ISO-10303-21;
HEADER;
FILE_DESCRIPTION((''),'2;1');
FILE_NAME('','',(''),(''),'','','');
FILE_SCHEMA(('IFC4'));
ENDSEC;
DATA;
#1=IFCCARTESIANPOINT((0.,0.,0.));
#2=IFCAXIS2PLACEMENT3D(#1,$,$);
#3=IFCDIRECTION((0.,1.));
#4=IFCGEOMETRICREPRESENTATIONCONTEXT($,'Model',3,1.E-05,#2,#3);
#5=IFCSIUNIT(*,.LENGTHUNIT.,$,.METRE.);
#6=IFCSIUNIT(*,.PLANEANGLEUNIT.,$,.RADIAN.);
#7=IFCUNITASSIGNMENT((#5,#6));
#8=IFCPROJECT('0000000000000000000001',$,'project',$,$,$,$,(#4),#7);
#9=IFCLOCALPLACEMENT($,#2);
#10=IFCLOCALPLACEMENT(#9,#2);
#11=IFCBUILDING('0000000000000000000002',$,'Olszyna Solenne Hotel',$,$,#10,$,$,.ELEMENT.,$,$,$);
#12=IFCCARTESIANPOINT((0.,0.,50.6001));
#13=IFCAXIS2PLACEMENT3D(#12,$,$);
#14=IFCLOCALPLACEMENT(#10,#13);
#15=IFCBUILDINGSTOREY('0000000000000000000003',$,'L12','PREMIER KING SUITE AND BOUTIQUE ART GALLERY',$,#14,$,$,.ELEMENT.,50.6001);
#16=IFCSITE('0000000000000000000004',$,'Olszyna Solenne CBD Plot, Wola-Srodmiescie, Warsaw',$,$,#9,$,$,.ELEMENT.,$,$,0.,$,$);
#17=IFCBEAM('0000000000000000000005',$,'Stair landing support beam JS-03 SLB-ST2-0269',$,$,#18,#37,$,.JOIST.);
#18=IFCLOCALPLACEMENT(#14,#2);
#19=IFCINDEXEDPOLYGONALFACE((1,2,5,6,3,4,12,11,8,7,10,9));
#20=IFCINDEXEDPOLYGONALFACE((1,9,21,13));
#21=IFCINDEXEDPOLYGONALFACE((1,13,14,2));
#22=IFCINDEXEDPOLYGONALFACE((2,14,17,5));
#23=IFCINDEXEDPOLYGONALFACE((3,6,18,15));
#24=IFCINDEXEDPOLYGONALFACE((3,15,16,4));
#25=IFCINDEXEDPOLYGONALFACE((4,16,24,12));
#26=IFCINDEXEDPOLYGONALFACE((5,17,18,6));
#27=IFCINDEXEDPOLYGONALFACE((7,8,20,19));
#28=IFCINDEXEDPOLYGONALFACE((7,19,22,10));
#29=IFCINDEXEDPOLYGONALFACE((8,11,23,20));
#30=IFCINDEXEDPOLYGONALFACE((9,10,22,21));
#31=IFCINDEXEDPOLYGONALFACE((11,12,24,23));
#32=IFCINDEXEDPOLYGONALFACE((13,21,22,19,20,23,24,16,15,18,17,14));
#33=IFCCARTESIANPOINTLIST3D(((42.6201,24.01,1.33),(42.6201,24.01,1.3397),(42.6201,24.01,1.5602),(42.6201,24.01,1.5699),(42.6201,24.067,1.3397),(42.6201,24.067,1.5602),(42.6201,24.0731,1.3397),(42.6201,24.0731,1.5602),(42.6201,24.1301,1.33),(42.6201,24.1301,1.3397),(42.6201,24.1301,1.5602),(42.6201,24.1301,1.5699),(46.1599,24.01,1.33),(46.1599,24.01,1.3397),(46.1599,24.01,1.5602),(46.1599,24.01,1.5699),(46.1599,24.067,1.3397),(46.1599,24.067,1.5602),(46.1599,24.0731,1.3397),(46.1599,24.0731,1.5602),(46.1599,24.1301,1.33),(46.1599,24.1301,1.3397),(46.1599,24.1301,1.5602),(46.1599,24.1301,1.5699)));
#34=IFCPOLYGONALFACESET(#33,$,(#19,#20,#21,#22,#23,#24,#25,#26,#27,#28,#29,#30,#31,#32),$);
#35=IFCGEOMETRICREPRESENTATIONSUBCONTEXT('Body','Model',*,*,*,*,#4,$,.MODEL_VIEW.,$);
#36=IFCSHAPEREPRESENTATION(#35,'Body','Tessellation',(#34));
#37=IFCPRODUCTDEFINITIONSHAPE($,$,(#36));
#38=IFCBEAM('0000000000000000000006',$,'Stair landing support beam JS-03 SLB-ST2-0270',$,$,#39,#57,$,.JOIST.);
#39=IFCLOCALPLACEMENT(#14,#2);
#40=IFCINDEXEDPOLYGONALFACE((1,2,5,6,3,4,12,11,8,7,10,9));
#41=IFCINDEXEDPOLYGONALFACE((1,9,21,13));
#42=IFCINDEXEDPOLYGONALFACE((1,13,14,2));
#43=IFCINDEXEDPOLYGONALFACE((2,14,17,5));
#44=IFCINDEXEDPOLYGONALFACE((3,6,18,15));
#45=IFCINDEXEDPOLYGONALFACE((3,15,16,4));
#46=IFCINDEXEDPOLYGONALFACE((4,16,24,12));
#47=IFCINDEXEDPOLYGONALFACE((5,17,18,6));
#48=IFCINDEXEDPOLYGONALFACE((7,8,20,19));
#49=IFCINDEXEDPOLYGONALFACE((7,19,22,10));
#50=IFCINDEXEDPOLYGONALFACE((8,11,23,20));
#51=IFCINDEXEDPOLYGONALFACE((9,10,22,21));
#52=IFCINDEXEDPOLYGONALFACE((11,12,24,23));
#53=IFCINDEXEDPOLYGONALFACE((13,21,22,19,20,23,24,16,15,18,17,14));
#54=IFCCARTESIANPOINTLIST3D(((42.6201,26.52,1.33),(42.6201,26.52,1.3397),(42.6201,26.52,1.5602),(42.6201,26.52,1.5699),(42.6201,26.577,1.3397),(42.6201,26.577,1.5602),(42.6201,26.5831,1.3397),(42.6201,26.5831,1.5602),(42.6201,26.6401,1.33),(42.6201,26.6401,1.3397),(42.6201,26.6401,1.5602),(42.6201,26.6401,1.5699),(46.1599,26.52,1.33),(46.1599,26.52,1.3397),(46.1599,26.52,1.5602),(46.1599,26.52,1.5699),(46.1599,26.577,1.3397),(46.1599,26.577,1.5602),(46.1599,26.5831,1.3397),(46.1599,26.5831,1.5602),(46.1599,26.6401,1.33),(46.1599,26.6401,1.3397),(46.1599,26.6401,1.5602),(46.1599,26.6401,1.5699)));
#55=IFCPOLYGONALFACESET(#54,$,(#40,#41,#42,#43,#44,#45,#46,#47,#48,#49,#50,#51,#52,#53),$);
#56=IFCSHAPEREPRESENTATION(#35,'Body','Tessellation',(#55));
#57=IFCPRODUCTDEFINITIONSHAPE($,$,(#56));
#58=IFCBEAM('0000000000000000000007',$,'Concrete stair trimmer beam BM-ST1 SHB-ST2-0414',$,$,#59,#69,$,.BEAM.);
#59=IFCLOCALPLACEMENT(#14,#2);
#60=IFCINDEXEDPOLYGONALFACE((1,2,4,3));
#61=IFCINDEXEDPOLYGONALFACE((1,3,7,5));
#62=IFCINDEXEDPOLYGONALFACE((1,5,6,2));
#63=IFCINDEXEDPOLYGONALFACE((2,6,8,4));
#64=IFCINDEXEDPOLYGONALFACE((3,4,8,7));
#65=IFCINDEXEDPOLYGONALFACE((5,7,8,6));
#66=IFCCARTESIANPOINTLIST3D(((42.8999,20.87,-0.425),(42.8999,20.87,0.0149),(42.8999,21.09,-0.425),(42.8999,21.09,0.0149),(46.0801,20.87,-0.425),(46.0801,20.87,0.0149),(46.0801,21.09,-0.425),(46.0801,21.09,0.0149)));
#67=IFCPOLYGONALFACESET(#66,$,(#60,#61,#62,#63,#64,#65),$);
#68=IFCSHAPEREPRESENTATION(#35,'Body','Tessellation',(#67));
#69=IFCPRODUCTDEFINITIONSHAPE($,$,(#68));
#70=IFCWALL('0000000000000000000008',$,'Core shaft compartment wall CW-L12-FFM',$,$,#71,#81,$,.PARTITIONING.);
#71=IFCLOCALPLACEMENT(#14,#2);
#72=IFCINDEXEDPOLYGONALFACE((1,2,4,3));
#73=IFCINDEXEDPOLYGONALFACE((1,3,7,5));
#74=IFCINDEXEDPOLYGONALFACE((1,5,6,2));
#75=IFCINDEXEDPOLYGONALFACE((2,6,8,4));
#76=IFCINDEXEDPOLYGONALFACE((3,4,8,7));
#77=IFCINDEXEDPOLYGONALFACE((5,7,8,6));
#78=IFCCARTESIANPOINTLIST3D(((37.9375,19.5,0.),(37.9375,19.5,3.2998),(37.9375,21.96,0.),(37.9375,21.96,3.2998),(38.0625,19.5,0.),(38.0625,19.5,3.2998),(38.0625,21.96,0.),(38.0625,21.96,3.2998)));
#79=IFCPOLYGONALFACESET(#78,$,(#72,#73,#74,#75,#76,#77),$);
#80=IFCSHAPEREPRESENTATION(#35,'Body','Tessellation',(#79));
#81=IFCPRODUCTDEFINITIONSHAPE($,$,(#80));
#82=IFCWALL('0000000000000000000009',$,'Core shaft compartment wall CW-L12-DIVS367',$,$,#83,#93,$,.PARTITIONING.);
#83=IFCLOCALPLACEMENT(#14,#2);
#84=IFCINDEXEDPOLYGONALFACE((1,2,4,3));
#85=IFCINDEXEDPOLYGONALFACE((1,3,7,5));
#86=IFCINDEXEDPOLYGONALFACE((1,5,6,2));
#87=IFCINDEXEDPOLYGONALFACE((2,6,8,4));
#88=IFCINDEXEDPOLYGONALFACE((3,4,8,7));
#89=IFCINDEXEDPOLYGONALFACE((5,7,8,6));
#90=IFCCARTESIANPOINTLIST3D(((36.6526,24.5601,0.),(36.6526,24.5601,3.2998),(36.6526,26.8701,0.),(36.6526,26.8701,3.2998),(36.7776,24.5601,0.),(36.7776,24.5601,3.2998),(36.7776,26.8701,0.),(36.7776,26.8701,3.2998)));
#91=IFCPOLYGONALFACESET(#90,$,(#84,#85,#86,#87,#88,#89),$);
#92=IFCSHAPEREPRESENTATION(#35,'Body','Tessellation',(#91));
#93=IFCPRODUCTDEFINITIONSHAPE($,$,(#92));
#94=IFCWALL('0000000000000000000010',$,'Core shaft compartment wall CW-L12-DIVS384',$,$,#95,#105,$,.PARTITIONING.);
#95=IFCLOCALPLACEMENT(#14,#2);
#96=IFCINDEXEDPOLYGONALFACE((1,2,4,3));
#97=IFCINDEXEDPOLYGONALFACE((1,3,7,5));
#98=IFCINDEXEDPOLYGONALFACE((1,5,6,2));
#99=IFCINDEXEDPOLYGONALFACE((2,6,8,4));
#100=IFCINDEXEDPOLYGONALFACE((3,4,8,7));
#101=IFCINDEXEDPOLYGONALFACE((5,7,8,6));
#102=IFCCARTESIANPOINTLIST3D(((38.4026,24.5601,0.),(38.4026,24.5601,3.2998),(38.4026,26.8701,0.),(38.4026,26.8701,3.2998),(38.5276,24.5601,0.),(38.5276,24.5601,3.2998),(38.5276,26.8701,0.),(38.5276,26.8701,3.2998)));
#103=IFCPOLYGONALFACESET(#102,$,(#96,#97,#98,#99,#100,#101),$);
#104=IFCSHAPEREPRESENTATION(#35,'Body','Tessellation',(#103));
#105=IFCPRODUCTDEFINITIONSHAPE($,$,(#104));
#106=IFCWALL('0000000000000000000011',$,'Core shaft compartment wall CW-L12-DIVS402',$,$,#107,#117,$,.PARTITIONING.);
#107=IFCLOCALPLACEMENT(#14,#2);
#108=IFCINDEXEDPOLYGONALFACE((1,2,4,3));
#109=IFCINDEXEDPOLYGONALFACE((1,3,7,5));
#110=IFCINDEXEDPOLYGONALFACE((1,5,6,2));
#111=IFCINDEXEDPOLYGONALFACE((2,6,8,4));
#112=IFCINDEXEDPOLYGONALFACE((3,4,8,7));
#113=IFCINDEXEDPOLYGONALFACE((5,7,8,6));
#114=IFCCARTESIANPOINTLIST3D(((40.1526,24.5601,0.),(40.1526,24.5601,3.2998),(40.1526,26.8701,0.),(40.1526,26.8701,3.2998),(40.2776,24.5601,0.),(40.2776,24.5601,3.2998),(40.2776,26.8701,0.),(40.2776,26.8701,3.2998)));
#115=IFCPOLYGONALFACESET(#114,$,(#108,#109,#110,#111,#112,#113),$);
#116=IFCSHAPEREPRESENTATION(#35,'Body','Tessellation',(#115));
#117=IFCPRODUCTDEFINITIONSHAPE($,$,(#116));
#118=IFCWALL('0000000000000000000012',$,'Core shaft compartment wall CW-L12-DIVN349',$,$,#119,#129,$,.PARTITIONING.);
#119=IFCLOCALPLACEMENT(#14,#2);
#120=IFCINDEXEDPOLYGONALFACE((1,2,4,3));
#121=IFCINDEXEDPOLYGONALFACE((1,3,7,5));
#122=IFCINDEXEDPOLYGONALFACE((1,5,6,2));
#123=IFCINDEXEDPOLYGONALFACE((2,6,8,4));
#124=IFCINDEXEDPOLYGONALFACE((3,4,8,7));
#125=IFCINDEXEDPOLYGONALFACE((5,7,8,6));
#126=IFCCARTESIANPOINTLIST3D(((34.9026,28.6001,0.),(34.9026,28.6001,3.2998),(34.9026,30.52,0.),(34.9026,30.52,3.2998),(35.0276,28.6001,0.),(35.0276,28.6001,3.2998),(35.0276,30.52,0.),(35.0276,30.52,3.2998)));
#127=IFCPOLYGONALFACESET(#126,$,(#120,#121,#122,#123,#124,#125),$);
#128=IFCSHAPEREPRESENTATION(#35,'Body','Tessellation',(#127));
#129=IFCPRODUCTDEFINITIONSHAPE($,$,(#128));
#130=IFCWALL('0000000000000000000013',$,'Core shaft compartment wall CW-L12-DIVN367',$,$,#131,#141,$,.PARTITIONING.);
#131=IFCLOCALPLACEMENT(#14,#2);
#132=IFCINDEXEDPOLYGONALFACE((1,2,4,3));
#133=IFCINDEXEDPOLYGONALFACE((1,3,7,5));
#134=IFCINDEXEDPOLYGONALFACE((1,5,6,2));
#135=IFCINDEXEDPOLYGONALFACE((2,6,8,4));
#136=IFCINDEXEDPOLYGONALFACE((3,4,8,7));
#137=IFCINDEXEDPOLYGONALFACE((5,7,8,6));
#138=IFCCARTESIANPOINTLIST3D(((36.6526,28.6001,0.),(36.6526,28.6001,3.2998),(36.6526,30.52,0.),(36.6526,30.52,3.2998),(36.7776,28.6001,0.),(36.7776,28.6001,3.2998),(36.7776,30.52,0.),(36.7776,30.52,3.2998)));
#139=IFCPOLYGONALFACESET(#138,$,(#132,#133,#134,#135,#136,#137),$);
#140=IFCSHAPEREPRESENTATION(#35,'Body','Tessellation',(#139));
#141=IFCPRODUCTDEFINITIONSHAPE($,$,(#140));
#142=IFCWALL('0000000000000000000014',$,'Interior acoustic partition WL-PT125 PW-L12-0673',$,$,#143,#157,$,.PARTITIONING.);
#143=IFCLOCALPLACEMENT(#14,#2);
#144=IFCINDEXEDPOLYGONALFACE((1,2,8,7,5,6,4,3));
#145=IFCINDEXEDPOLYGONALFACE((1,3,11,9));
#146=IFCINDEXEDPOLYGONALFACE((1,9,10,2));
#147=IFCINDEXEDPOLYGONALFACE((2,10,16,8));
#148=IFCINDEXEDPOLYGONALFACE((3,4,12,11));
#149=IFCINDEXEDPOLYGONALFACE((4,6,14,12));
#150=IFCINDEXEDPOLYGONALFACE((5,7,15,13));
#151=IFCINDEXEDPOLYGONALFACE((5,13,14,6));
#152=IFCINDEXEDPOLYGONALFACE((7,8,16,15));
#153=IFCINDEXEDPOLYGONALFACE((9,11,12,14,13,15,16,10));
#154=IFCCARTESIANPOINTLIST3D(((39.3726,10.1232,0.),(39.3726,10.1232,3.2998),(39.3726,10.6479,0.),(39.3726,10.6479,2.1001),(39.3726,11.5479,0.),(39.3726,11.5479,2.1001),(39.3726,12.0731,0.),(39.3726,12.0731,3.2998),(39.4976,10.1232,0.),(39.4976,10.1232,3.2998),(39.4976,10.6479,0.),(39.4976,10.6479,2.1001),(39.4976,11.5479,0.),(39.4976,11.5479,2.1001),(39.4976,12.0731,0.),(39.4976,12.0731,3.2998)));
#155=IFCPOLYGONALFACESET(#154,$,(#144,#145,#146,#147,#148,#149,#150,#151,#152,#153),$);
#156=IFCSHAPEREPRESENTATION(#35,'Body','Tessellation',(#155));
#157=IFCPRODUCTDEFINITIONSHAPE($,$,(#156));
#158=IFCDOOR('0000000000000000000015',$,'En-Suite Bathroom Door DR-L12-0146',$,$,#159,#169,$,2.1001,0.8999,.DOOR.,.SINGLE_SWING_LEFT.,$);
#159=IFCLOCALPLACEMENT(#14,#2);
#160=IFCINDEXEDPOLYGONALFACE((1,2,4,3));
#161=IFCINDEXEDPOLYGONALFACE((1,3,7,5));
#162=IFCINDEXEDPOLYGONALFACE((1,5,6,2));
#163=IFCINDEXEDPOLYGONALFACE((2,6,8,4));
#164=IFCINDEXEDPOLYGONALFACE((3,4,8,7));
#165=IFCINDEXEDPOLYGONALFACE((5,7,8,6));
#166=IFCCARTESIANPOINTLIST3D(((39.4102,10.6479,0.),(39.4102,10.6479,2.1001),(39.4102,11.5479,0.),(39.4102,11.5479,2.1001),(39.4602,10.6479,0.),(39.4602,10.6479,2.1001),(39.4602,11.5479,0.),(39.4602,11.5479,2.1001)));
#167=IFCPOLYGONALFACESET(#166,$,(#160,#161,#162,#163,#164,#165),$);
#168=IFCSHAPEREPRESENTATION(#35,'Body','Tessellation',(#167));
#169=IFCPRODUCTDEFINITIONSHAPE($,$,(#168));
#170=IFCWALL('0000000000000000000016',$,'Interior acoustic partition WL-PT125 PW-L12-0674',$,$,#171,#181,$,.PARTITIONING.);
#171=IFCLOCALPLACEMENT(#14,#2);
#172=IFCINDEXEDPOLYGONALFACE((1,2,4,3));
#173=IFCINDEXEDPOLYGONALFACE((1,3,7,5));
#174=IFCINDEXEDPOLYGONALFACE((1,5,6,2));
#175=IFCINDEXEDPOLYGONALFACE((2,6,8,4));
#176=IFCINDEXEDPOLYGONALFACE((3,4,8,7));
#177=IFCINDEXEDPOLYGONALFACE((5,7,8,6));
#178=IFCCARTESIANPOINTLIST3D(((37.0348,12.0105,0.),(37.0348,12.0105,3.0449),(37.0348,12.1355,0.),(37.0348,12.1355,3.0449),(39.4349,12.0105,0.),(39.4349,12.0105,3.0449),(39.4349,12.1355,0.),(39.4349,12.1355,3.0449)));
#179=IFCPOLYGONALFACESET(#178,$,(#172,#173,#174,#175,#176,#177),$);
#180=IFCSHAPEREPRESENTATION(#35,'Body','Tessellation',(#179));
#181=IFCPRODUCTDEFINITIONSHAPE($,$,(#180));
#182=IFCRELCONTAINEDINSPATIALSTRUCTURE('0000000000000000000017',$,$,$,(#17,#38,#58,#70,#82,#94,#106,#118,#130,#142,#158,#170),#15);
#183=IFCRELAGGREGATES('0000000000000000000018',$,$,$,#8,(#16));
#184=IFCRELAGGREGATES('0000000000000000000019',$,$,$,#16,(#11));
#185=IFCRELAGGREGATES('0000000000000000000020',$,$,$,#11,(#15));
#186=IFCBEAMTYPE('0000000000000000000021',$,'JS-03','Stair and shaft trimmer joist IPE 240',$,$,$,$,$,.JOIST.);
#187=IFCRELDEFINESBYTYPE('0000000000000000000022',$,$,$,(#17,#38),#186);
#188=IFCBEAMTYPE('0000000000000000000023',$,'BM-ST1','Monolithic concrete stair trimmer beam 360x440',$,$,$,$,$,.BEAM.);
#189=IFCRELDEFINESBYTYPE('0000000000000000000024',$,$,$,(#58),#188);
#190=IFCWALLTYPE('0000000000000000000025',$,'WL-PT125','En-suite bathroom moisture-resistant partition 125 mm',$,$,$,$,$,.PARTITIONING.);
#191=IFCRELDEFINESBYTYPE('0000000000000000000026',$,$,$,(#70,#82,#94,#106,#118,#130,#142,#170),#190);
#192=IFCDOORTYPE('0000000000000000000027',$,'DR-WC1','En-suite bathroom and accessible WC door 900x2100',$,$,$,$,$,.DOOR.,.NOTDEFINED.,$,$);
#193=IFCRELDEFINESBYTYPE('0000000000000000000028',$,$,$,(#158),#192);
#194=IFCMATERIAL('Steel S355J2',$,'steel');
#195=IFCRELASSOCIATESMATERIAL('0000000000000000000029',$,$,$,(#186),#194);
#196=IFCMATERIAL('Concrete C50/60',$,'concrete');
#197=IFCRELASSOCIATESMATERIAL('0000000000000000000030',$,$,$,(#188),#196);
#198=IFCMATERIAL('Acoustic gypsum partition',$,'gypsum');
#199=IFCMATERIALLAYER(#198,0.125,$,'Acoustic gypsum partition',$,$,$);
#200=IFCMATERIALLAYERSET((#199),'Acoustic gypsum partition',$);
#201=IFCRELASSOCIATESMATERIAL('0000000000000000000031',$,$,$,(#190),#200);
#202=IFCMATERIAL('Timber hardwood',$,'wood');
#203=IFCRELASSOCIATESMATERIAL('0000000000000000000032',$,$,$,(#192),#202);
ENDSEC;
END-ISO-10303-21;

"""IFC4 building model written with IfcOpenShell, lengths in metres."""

from ifc_helpers import new_model, si_unit, direction, frame, frame_2d, origin, origin_2d, place, context, subcontext, project, spatial, rectangle, i_section, extrude, source, transform, mapped, material, layer, layer_set, material_profile, profile_set, type_object, type_shapes, element, fill, save


model = new_model("IFC4")

# Units and contexts
model_context = context("Model", 3, precision=1e-05, world=origin(), true_north=direction((0.0, 1.0)))
body_context = subcontext(model_context, "Body", "Model", "MODEL_VIEW")
ifc_project = project(units=[si_unit("LENGTHUNIT", "METRE"), si_unit("PLANEANGLEUNIT", "RADIAN")], contexts=[model_context])

# Site, building, storey
site_placement = place(None, origin())
site = spatial("IfcSite", under=ifc_project, at=site_placement, Name="Olszyna Solenne CBD Plot, Wola-Srodmiescie, Warsaw", CompositionType="ELEMENT", RefElevation=0.0)
building_placement = place(site_placement, origin())
building = spatial("IfcBuilding", under=site, at=building_placement, Name="Olszyna Solenne Hotel", CompositionType="ELEMENT")
storey_placement = place(building_placement, frame((0.0, 0.0, 50.6001)))
storey = spatial("IfcBuildingStorey", under=building, at=storey_placement, Name="L12", Description="PREMIER KING SUITE AND BOUTIQUE ART GALLERY", CompositionType="ELEMENT", Elevation=50.6001)

# Beams
ifc_material_1 = material(Name="Steel S355J2", Category="steel")
ifc_material_profile_1 = material_profile(ifc_material_1, i_section(OverallWidth=0.1201, OverallDepth=0.24, WebThickness=0.0061, FlangeThickness=0.0098, at=origin_2d()), Name="IPE 240", Category="load-bearing")
ifc_profile_set_1 = profile_set([ifc_material_profile_1], Name="Steel S355J2")
beam_type_1 = type_object("IfcBeamType", Name="JS-03", Description="Stair and shaft trimmer joist IPE 240", PredefinedType="JOIST", material=ifc_profile_set_1)
shared_shape_1 = source(origin(), body_context, "Body", "SweptSolid", [
    extrude(i_section(OverallWidth=0.1201, OverallDepth=0.24, WebThickness=0.0061, FlangeThickness=0.0098, at=origin_2d()), origin(), (0.0, 0.0, 1.0), 3.5398),
])
for number, where, z_axis, x_axis, name in (
    (1, (46.1599, 24.0701, 1.45), (-1.0, 0.0, 0.0), (0.0, -1.0, 0.0), "Stair landing support beam JS-03 SLB-ST2-0269"),
    (2, (46.1599, 26.5801, 1.45), (-1.0, 0.0, 0.0), (0.0, -1.0, 0.0), "Stair landing support beam JS-03 SLB-ST2-0270"),
):
    element("IfcBeam", number, at=place(storey_placement, frame(where, z_axis=z_axis, x_axis=x_axis)), inside=storey, type_object=beam_type_1, Name=name, PredefinedType="JOIST", context=body_context, shape_type="MappedRepresentation", body=[
        mapped(shared_shape_1, transform((0.0, 0.0, 0.0), x_axis=(1.0, 0.0, 0.0), y_axis=(0.0, 1.0, 0.0), z_axis=(0.0, 0.0, 1.0), scale=1.0)),
    ])
ifc_material_2 = material(Name="Concrete C50/60", Category="concrete")
ifc_material_profile_2 = material_profile(ifc_material_2, rectangle(XDim=0.22, YDim=0.4399, at=origin_2d()), Name="RC 220x440", Category="load-bearing")
ifc_profile_set_2 = profile_set([ifc_material_profile_2], Name="Concrete C50/60")
beam_type_2 = type_object("IfcBeamType", Name="BM-ST1", Description="Monolithic concrete stair trimmer beam 360x440", PredefinedType="BEAM", material=ifc_profile_set_2)
shared_shape_2 = source(origin(), body_context, "Body", "SweptSolid", [
    extrude(rectangle(XDim=0.22, YDim=0.4399, at=origin_2d()), origin(), (0.0, 0.0, 1.0), 3.1802),
])
beam_placement = place(storey_placement, frame((46.0801, 20.98, -0.2051), z_axis=(-1.0, 0.0, 0.0), x_axis=(0.0, -1.0, 0.0)))
element("IfcBeam", 3, at=beam_placement, inside=storey, type_object=beam_type_2, Name="Concrete stair trimmer beam BM-ST1 SHB-ST2-0414", PredefinedType="BEAM", context=body_context, shape_type="MappedRepresentation", body=[
    mapped(shared_shape_2, transform((0.0, 0.0, 0.0), x_axis=(1.0, 0.0, 0.0), y_axis=(0.0, 1.0, 0.0), z_axis=(0.0, 0.0, 1.0), scale=1.0)),
])

# Walls
ifc_material_3 = material(Name="Acoustic gypsum partition", Category="gypsum")
ifc_layer_1 = layer(ifc_material_3, 0.125, Name="Acoustic gypsum partition")
ifc_layer_set_1 = layer_set([ifc_layer_1], Name="Acoustic gypsum partition")
wall_type_1 = type_object("IfcWallType", Name="WL-PT125", Description="En-suite bathroom moisture-resistant partition 125 mm", PredefinedType="PARTITIONING", material=ifc_layer_set_1)
wall_1_placement = place(storey_placement, frame((38.0, 19.5, 0.0), z_axis=(0.0, 0.0, 1.0), x_axis=(0.0, 1.0, 0.0)))
element("IfcWall", 4, at=wall_1_placement, inside=storey, type_object=wall_type_1, Name="Core shaft compartment wall CW-L12-FFM", PredefinedType="PARTITIONING", context=body_context, shape_type="SweptSolid", body=[
    extrude(rectangle(XDim=2.46, YDim=0.125, at=frame_2d((1.23, 0.0))), origin(), (0.0, 0.0, 1.0), 3.2998),
])
for number, where, z_axis, x_axis, name in (
    (5, (36.7151, 24.5601, 0.0), (0.0, 0.0, 1.0), (0.0, 1.0, 0.0), "Core shaft compartment wall CW-L12-DIVS367"),
    (6, (38.4651, 24.5601, 0.0), (0.0, 0.0, 1.0), (0.0, 1.0, 0.0), "Core shaft compartment wall CW-L12-DIVS384"),
    (7, (40.2151, 24.5601, 0.0), (0.0, 0.0, 1.0), (0.0, 1.0, 0.0), "Core shaft compartment wall CW-L12-DIVS402"),
):
    element("IfcWall", number, at=place(storey_placement, frame(where, z_axis=z_axis, x_axis=x_axis)), inside=storey, type_object=wall_type_1, Name=name, PredefinedType="PARTITIONING", context=body_context, shape_type="SweptSolid", body=[
        extrude(rectangle(XDim=2.3101, YDim=0.125, at=frame_2d((1.155, 0.0))), origin(), (0.0, 0.0, 1.0), 3.2998),
    ])
for number, where, z_axis, x_axis, name in (
    (8, (34.9651, 28.6001, 0.0), (0.0, 0.0, 1.0), (0.0, 1.0, 0.0), "Core shaft compartment wall CW-L12-DIVN349"),
    (9, (36.7151, 28.6001, 0.0), (0.0, 0.0, 1.0), (0.0, 1.0, 0.0), "Core shaft compartment wall CW-L12-DIVN367"),
):
    element("IfcWall", number, at=place(storey_placement, frame(where, z_axis=z_axis, x_axis=x_axis)), inside=storey, type_object=wall_type_1, Name=name, PredefinedType="PARTITIONING", context=body_context, shape_type="SweptSolid", body=[
        extrude(rectangle(XDim=1.9199, YDim=0.125, at=frame_2d((0.96, 0.0))), origin(), (0.0, 0.0, 1.0), 3.2998),
    ])

# Wall, opening, door
wall_2_placement = place(storey_placement, frame((39.4351, 10.123, 0.0), z_axis=(0.0, 0.0, 1.0), x_axis=(0.0, 1.0, 0.0)))
wall_2 = element("IfcWall", 10, at=wall_2_placement, inside=storey, type_object=wall_type_1, Name="Interior acoustic partition WL-PT125 PW-L12-0673", PredefinedType="PARTITIONING", context=body_context, shape_type="SweptSolid", body=[
    extrude(rectangle(XDim=1.95, YDim=0.125, at=frame_2d((0.9751, 0.0))), origin(), (0.0, 0.0, 1.0), 3.2998),
])
opening_1_placement = place(wall_2_placement, frame((0.5249, 0.0, 0.0)))
opening_1 = element("IfcOpeningElement", 11, at=opening_1_placement, cuts=wall_2, PredefinedType="OPENING", context=body_context, shape_type="SweptSolid", body=[
    extrude(rectangle(XDim=0.8999, YDim=2.1001, at=frame_2d((0.45, 1.05))), frame((0.0, 0.0725, 0.0), z_axis=(0.0, -1.0, 0.0), x_axis=(1.0, 0.0, 0.0)), (0.0, 0.0, 1.0), 0.145),
])
ifc_material_4 = material(Name="Timber hardwood", Category="wood")
door_type_1 = type_object("IfcDoorType", Name="DR-WC1", Description="En-suite bathroom and accessible WC door 900x2100", OperationType="NOTDEFINED", PredefinedType="DOOR", material=ifc_material_4)
shared_shape_3 = source(origin(), body_context, "Body", "SweptSolid", [
    extrude(rectangle(XDim=0.8999, YDim=2.1001, at=frame_2d((0.45, 1.05))), frame((0.0, 0.0249, 0.0), z_axis=(0.0, -1.0, 0.0), x_axis=(1.0, 0.0, 0.0)), (0.0, 0.0, 1.0), 0.05),
])
type_shapes(door_type_1, [shared_shape_3])
door_1_placement = place(opening_1_placement, origin())
door_1 = element("IfcDoor", 12, at=door_1_placement, inside=storey, type_object=door_type_1, Name="En-Suite Bathroom Door DR-L12-0146", OperationType="SINGLE_SWING_LEFT", OverallHeight=2.1001, OverallWidth=0.8999, PredefinedType="DOOR", context=body_context, shape_type="MappedRepresentation", body=[
    mapped(shared_shape_3, transform((0.0, 0.0, 0.0), x_axis=(1.0, 0.0, 0.0), y_axis=(0.0, 1.0, 0.0), z_axis=(0.0, 0.0, 1.0), scale=1.0)),
])
fill(opening_1, door_1)

# Wall
wall_3_placement = place(storey_placement, frame((39.4351, 12.073, 0.0), z_axis=(0.0, 0.0, 1.0), x_axis=(-1.0, 0.0, 0.0)))
element("IfcWall", 13, at=wall_3_placement, inside=storey, type_object=wall_type_1, Name="Interior acoustic partition WL-PT125 PW-L12-0674", PredefinedType="PARTITIONING", context=body_context, shape_type="SweptSolid", body=[
    extrude(rectangle(XDim=2.4001, YDim=0.125, at=frame_2d((1.2002, 0.0))), origin(), (0.0, 0.0, 1.0), 3.0449),
])

save(model, "model.ifc")
